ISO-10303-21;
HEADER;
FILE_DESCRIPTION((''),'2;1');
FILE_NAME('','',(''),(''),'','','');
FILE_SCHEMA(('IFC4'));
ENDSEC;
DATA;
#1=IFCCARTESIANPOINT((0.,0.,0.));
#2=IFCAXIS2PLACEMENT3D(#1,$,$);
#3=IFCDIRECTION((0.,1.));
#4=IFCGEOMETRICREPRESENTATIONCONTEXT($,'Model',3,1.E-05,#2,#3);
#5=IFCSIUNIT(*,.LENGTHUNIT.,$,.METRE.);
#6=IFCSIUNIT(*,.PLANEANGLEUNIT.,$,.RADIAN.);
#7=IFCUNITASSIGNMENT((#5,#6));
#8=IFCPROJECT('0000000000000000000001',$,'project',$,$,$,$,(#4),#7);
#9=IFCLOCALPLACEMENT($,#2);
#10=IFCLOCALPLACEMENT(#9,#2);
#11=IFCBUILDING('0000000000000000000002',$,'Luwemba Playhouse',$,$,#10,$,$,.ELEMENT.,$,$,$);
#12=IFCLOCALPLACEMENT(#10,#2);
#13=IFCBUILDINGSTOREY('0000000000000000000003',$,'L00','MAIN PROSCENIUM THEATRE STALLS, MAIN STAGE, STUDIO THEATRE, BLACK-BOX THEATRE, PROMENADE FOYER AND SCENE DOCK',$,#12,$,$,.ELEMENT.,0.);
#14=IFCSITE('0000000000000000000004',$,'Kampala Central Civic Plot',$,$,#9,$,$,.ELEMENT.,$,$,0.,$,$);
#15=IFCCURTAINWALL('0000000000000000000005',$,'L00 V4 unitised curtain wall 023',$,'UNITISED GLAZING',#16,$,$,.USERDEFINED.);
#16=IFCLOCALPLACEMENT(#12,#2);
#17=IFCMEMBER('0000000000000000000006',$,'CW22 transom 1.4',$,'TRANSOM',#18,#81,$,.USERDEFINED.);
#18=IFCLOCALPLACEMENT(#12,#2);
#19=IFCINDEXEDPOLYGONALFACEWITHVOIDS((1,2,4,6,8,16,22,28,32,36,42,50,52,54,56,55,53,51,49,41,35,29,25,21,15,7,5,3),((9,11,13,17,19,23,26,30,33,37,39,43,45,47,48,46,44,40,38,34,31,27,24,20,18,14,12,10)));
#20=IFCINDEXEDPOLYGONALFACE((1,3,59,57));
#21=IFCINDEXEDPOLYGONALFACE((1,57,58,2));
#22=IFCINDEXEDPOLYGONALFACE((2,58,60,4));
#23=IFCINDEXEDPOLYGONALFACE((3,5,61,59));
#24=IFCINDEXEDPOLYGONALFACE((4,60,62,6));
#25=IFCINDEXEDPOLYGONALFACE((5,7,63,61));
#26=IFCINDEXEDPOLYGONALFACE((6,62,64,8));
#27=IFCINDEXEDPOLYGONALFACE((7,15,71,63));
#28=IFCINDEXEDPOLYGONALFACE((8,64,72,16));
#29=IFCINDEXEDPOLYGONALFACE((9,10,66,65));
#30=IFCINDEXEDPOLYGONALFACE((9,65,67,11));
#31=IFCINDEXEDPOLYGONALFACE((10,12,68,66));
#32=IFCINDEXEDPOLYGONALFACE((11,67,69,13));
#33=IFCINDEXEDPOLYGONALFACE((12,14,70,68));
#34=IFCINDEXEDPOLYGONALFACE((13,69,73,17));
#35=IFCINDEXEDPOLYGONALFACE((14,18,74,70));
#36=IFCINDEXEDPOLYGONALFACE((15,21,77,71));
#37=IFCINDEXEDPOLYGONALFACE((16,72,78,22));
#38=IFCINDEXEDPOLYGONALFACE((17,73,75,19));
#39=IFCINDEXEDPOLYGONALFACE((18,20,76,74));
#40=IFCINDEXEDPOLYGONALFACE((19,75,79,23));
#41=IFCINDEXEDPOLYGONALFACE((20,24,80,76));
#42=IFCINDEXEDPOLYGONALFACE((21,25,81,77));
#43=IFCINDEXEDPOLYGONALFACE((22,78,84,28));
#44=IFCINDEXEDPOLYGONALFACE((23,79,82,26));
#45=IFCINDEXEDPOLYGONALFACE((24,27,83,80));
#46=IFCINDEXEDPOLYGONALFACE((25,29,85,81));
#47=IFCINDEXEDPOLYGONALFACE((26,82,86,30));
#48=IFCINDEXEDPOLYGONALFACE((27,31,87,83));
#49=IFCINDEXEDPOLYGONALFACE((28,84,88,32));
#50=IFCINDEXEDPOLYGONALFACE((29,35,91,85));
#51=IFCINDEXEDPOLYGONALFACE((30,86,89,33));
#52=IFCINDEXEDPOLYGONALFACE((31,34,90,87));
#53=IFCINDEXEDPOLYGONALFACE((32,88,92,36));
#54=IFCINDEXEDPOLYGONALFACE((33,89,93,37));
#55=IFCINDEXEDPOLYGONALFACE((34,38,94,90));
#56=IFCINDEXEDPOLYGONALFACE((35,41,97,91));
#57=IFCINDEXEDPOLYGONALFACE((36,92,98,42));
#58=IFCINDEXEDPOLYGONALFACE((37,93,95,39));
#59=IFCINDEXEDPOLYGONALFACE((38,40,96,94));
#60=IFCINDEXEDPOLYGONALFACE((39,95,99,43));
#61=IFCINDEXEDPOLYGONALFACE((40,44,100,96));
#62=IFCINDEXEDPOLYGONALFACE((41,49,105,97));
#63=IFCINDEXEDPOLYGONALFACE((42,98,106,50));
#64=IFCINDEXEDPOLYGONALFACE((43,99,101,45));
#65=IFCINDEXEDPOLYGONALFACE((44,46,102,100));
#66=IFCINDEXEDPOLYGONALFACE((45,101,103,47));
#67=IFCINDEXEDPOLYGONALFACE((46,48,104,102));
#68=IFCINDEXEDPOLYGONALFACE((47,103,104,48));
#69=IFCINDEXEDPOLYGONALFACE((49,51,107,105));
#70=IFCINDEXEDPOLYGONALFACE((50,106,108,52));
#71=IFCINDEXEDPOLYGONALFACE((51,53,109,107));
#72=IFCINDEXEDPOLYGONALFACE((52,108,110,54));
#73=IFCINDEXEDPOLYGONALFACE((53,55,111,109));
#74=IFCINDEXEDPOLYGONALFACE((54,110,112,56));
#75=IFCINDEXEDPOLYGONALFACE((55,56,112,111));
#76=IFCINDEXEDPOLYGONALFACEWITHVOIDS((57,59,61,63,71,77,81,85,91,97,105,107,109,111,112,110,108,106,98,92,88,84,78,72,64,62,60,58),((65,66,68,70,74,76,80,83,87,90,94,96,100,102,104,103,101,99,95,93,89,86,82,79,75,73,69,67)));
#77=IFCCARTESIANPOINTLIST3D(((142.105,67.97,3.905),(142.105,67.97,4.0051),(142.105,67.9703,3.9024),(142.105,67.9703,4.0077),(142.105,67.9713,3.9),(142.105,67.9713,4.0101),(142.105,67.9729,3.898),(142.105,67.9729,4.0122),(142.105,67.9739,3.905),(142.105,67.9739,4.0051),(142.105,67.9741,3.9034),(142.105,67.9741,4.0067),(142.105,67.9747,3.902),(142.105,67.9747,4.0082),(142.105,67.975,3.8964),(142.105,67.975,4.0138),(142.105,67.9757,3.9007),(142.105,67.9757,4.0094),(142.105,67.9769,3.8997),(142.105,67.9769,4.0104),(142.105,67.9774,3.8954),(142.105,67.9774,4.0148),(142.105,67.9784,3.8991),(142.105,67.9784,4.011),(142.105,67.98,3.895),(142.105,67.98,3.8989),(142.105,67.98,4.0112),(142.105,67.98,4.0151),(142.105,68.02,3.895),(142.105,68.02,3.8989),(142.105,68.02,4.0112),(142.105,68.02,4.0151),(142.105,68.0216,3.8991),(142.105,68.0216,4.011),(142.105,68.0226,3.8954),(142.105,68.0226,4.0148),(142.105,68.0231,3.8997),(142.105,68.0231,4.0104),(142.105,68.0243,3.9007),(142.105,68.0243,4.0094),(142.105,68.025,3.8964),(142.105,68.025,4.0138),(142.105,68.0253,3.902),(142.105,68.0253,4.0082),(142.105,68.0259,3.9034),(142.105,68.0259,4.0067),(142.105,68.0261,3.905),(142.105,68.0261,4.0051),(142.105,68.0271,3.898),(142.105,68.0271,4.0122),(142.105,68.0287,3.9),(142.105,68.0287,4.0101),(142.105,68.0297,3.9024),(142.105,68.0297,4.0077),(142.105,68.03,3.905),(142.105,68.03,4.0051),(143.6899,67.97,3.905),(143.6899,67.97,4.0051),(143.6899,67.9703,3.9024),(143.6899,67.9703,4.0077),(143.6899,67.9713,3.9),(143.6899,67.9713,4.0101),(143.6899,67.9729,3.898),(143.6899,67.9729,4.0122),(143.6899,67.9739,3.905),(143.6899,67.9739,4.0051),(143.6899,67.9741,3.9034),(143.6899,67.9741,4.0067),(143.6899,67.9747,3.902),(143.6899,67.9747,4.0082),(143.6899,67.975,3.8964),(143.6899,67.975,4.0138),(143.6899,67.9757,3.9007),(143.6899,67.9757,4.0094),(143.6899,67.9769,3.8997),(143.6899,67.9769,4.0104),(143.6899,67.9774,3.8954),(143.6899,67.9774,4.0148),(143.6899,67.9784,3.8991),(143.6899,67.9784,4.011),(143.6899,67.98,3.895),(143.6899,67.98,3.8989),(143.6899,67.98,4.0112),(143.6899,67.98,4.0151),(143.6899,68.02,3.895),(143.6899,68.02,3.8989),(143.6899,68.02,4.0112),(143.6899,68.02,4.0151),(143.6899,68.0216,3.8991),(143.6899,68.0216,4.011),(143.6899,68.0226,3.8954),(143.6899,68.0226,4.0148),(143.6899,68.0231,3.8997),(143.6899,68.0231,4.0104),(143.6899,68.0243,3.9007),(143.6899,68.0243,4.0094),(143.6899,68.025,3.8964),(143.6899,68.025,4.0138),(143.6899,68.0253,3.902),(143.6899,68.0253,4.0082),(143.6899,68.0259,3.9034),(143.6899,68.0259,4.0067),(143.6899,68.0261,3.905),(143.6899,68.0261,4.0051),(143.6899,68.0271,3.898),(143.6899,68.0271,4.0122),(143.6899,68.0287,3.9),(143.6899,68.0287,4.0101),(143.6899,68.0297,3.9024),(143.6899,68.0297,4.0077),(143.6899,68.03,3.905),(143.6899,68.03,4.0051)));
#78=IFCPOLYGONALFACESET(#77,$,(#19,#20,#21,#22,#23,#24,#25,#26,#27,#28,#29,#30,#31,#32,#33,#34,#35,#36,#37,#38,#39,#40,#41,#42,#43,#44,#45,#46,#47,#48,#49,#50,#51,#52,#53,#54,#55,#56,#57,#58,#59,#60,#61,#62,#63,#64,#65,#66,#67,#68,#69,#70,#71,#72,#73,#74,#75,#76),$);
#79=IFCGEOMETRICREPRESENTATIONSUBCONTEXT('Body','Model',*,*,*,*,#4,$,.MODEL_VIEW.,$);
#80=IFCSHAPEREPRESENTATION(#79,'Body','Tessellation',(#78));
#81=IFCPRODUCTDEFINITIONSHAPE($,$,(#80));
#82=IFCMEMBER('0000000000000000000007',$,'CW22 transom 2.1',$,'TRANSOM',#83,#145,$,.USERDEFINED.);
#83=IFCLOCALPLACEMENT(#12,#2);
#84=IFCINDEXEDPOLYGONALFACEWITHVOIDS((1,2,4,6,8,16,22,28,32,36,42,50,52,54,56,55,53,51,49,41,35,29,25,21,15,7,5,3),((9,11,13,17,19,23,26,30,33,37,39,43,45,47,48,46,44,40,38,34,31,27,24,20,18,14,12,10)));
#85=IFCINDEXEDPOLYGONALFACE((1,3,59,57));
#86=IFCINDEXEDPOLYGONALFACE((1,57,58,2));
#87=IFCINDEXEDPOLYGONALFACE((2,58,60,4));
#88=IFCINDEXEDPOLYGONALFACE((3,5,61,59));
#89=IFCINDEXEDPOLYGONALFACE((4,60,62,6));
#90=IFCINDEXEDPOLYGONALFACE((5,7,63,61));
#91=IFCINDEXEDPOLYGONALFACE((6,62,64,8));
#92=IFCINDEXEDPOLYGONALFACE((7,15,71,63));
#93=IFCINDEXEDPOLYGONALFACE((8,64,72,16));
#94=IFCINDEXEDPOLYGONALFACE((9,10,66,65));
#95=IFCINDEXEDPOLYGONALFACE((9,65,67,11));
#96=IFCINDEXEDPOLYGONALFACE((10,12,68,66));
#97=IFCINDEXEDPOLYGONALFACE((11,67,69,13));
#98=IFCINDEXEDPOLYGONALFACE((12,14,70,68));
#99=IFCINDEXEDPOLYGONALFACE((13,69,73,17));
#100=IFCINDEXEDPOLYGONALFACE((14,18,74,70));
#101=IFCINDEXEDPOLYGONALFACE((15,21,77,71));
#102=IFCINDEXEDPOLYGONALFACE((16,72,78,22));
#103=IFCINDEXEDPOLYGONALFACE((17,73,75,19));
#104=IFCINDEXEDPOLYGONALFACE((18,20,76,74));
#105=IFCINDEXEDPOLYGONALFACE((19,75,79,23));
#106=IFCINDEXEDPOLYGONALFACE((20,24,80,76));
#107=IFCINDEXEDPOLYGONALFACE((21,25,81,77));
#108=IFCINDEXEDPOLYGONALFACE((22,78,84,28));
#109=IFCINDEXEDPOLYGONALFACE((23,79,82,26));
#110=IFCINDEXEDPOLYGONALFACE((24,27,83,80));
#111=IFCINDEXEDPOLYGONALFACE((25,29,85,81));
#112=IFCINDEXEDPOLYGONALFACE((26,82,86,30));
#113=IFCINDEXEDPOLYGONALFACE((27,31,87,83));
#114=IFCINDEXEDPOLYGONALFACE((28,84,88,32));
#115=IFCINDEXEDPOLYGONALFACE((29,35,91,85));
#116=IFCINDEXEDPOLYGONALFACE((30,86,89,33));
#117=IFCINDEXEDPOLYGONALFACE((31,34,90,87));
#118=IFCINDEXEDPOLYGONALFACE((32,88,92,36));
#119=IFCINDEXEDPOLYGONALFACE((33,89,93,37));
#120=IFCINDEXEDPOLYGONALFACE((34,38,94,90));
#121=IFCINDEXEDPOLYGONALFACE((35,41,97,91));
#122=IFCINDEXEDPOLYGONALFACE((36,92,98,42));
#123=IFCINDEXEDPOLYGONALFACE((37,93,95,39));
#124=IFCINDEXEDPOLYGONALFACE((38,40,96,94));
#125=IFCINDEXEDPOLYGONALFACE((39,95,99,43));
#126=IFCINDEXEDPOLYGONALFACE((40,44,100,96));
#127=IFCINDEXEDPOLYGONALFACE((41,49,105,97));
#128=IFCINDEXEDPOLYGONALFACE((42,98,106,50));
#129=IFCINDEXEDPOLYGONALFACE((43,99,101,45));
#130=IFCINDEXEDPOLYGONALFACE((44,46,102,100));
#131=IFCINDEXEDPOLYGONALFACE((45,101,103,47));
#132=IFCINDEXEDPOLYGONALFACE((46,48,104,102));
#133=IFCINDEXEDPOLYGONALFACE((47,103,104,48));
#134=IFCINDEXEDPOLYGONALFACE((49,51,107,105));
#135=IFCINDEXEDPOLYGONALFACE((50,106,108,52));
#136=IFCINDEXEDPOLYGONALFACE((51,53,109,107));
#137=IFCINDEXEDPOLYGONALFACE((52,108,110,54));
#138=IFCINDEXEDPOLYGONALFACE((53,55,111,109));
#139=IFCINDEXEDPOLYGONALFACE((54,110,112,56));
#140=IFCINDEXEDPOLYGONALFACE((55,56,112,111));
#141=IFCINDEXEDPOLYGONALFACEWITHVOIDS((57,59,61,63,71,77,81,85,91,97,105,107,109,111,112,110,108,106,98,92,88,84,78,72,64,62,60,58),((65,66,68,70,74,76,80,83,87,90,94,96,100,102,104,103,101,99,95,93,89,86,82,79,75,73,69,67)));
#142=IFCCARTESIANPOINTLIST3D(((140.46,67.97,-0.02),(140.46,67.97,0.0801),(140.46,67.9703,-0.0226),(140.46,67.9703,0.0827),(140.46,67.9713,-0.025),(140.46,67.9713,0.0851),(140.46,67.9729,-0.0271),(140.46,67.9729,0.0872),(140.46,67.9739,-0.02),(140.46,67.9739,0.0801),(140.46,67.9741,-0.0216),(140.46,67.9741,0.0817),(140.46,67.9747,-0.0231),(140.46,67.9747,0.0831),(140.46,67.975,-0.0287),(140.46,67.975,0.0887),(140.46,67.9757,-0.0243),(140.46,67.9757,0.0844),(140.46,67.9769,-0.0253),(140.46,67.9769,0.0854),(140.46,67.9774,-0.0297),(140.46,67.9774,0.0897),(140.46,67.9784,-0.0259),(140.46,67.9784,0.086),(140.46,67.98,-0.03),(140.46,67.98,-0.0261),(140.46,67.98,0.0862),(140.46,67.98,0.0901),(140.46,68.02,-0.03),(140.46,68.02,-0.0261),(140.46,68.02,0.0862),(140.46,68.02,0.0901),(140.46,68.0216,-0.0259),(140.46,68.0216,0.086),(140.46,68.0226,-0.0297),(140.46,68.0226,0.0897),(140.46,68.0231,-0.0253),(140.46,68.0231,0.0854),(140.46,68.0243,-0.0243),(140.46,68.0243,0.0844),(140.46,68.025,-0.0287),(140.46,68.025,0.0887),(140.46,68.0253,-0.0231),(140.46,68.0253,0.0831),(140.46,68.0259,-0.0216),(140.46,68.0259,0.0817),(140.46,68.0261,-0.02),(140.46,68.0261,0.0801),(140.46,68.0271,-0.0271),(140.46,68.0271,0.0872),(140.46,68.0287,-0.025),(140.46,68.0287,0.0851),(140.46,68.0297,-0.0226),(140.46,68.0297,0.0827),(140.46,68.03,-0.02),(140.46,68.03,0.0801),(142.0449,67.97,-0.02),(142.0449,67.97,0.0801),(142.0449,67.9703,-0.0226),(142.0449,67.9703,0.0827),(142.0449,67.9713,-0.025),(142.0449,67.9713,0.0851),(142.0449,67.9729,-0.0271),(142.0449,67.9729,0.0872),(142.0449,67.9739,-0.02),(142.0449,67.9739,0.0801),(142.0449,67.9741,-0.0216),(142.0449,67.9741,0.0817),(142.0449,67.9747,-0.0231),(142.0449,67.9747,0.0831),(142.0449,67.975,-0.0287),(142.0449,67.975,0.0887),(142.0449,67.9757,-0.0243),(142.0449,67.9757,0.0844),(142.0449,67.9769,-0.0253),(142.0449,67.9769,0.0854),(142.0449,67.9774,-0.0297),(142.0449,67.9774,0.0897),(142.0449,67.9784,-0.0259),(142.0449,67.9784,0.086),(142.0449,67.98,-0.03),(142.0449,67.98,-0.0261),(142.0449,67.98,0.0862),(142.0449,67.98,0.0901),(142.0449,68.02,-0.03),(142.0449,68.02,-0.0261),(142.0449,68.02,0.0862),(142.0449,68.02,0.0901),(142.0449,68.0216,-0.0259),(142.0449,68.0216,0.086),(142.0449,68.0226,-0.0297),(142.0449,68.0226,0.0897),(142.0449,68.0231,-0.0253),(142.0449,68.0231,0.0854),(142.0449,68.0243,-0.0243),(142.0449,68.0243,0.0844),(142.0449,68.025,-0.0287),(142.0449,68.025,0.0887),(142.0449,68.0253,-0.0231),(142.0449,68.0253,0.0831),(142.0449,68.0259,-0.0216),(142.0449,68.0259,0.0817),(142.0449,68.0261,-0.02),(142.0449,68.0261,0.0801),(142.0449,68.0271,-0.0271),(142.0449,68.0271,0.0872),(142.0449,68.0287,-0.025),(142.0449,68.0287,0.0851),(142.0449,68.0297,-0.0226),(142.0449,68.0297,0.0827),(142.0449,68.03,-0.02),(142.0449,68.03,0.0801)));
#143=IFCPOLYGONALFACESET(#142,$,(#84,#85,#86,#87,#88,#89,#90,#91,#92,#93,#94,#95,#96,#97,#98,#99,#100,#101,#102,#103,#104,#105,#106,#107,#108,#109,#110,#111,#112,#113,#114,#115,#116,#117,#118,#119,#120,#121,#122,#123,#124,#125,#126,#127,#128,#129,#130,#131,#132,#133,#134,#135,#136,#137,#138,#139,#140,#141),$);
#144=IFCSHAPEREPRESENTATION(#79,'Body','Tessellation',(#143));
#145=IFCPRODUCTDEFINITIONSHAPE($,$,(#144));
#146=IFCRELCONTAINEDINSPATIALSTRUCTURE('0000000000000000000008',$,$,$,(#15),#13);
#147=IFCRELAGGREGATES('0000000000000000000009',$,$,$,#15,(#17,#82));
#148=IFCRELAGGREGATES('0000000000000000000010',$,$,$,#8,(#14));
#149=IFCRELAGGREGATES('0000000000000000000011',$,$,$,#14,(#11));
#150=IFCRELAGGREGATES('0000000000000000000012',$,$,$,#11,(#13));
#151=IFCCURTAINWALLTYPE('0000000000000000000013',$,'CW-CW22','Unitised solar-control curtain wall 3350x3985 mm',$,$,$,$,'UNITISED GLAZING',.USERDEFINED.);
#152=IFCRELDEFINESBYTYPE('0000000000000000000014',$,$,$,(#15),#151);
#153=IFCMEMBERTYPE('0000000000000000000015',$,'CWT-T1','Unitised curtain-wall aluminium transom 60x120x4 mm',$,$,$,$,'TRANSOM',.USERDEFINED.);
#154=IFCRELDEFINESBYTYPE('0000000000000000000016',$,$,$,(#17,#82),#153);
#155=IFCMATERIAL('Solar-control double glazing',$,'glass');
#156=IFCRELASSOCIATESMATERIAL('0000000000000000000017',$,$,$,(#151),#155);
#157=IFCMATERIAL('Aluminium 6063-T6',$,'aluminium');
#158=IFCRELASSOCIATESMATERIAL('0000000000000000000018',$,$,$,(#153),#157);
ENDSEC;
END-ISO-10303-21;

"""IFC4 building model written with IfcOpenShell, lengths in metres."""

from ifc_helpers import new_model, si_unit, direction, frame, origin, origin_2d, place, context, subcontext, project, spatial, hollow_rectangle, extrude, material, material_profile, profile_set, type_object, element, aggregate, save


model = new_model("IFC4")

# Units and contexts
model_context = context("Model", 3, precision=1e-05, world=origin(), true_north=direction((0.0, 1.0)))
body_context = subcontext(model_context, "Body", "Model", "MODEL_VIEW")
ifc_project = project(units=[si_unit("LENGTHUNIT", "METRE"), si_unit("PLANEANGLEUNIT", "RADIAN")], contexts=[model_context])

# Site, building, storey
site_placement = place(None, origin())
site = spatial("IfcSite", under=ifc_project, at=site_placement, Name="Kampala Central Civic Plot", CompositionType="ELEMENT", RefElevation=0.0)
building_placement = place(site_placement, origin())
building = spatial("IfcBuilding", under=site, at=building_placement, Name="Luwemba Playhouse", CompositionType="ELEMENT")
storey_placement = place(building_placement, origin())
storey = spatial("IfcBuildingStorey", under=building, at=storey_placement, Name="L00", Description="MAIN PROSCENIUM THEATRE STALLS, MAIN STAGE, STUDIO THEATRE, BLACK-BOX THEATRE, PROMENADE FOYER AND SCENE DOCK", CompositionType="ELEMENT", Elevation=0.0)

# Curtain wall, members
ifc_material_1 = material(Name="Solar-control double glazing", Category="glass")
curtain_wall_type = type_object("IfcCurtainWallType", Name="CW-CW22", Description="Unitised solar-control curtain wall 3350x3985 mm", ElementType="UNITISED GLAZING", PredefinedType="USERDEFINED", material=ifc_material_1)
curtain_wall_placement = place(storey_placement, origin())
curtain_wall = element("IfcCurtainWall", 1, at=curtain_wall_placement, inside=storey, type_object=curtain_wall_type, Name="L00 V4 unitised curtain wall 023", ObjectType="UNITISED GLAZING", PredefinedType="USERDEFINED")
ifc_material_2 = material(Name="Aluminium 6063-T6", Category="aluminium")
ifc_material_profile_1 = material_profile(ifc_material_2, hollow_rectangle(XDim=0.0601, YDim=0.1201, WallThickness=0.0039, InnerFilletRadius=0.0061, OuterFilletRadius=0.01, at=origin_2d()))
ifc_profile_set_1 = profile_set([ifc_material_profile_1], Name="Aluminium 6063-T6")
member_type_1 = type_object("IfcMemberType", Name="CWT-T1", Description="Unitised curtain-wall aluminium transom 60x120x4 mm", ElementType="TRANSOM", PredefinedType="USERDEFINED", material=ifc_profile_set_1)
member_1_placement = place(storey_placement, frame((143.6899, 68.0, 3.9551), z_axis=(-1.0, 0.0, 0.0), x_axis=(0.0, -1.0, 0.0)))
member_1 = element("IfcMember", 2, at=member_1_placement, type_object=member_type_1, Name="CW22 transom 1.4", ObjectType="TRANSOM", PredefinedType="USERDEFINED", context=body_context, shape_type="SweptSolid", body=[
    extrude(hollow_rectangle(XDim=0.0601, YDim=0.1201, WallThickness=0.0039, InnerFilletRadius=0.0061, OuterFilletRadius=0.01, at=origin_2d()), origin(), (0.0, 0.0, 1.0), 1.585),
])
member_2_placement = place(storey_placement, frame((142.0449, 68.0, 0.03), z_axis=(-1.0, 0.0, 0.0), x_axis=(0.0, -1.0, 0.0)))
member_2 = element("IfcMember", 3, at=member_2_placement, type_object=member_type_1, Name="CW22 transom 2.1", ObjectType="TRANSOM", PredefinedType="USERDEFINED", context=body_context, shape_type="SweptSolid", body=[
    extrude(hollow_rectangle(XDim=0.0601, YDim=0.1201, WallThickness=0.0039, InnerFilletRadius=0.0061, OuterFilletRadius=0.01, at=origin_2d()), origin(), (0.0, 0.0, 1.0), 1.585),
])
aggregate(curtain_wall, [member_1, member_2])

save(model, "model.ifc")
